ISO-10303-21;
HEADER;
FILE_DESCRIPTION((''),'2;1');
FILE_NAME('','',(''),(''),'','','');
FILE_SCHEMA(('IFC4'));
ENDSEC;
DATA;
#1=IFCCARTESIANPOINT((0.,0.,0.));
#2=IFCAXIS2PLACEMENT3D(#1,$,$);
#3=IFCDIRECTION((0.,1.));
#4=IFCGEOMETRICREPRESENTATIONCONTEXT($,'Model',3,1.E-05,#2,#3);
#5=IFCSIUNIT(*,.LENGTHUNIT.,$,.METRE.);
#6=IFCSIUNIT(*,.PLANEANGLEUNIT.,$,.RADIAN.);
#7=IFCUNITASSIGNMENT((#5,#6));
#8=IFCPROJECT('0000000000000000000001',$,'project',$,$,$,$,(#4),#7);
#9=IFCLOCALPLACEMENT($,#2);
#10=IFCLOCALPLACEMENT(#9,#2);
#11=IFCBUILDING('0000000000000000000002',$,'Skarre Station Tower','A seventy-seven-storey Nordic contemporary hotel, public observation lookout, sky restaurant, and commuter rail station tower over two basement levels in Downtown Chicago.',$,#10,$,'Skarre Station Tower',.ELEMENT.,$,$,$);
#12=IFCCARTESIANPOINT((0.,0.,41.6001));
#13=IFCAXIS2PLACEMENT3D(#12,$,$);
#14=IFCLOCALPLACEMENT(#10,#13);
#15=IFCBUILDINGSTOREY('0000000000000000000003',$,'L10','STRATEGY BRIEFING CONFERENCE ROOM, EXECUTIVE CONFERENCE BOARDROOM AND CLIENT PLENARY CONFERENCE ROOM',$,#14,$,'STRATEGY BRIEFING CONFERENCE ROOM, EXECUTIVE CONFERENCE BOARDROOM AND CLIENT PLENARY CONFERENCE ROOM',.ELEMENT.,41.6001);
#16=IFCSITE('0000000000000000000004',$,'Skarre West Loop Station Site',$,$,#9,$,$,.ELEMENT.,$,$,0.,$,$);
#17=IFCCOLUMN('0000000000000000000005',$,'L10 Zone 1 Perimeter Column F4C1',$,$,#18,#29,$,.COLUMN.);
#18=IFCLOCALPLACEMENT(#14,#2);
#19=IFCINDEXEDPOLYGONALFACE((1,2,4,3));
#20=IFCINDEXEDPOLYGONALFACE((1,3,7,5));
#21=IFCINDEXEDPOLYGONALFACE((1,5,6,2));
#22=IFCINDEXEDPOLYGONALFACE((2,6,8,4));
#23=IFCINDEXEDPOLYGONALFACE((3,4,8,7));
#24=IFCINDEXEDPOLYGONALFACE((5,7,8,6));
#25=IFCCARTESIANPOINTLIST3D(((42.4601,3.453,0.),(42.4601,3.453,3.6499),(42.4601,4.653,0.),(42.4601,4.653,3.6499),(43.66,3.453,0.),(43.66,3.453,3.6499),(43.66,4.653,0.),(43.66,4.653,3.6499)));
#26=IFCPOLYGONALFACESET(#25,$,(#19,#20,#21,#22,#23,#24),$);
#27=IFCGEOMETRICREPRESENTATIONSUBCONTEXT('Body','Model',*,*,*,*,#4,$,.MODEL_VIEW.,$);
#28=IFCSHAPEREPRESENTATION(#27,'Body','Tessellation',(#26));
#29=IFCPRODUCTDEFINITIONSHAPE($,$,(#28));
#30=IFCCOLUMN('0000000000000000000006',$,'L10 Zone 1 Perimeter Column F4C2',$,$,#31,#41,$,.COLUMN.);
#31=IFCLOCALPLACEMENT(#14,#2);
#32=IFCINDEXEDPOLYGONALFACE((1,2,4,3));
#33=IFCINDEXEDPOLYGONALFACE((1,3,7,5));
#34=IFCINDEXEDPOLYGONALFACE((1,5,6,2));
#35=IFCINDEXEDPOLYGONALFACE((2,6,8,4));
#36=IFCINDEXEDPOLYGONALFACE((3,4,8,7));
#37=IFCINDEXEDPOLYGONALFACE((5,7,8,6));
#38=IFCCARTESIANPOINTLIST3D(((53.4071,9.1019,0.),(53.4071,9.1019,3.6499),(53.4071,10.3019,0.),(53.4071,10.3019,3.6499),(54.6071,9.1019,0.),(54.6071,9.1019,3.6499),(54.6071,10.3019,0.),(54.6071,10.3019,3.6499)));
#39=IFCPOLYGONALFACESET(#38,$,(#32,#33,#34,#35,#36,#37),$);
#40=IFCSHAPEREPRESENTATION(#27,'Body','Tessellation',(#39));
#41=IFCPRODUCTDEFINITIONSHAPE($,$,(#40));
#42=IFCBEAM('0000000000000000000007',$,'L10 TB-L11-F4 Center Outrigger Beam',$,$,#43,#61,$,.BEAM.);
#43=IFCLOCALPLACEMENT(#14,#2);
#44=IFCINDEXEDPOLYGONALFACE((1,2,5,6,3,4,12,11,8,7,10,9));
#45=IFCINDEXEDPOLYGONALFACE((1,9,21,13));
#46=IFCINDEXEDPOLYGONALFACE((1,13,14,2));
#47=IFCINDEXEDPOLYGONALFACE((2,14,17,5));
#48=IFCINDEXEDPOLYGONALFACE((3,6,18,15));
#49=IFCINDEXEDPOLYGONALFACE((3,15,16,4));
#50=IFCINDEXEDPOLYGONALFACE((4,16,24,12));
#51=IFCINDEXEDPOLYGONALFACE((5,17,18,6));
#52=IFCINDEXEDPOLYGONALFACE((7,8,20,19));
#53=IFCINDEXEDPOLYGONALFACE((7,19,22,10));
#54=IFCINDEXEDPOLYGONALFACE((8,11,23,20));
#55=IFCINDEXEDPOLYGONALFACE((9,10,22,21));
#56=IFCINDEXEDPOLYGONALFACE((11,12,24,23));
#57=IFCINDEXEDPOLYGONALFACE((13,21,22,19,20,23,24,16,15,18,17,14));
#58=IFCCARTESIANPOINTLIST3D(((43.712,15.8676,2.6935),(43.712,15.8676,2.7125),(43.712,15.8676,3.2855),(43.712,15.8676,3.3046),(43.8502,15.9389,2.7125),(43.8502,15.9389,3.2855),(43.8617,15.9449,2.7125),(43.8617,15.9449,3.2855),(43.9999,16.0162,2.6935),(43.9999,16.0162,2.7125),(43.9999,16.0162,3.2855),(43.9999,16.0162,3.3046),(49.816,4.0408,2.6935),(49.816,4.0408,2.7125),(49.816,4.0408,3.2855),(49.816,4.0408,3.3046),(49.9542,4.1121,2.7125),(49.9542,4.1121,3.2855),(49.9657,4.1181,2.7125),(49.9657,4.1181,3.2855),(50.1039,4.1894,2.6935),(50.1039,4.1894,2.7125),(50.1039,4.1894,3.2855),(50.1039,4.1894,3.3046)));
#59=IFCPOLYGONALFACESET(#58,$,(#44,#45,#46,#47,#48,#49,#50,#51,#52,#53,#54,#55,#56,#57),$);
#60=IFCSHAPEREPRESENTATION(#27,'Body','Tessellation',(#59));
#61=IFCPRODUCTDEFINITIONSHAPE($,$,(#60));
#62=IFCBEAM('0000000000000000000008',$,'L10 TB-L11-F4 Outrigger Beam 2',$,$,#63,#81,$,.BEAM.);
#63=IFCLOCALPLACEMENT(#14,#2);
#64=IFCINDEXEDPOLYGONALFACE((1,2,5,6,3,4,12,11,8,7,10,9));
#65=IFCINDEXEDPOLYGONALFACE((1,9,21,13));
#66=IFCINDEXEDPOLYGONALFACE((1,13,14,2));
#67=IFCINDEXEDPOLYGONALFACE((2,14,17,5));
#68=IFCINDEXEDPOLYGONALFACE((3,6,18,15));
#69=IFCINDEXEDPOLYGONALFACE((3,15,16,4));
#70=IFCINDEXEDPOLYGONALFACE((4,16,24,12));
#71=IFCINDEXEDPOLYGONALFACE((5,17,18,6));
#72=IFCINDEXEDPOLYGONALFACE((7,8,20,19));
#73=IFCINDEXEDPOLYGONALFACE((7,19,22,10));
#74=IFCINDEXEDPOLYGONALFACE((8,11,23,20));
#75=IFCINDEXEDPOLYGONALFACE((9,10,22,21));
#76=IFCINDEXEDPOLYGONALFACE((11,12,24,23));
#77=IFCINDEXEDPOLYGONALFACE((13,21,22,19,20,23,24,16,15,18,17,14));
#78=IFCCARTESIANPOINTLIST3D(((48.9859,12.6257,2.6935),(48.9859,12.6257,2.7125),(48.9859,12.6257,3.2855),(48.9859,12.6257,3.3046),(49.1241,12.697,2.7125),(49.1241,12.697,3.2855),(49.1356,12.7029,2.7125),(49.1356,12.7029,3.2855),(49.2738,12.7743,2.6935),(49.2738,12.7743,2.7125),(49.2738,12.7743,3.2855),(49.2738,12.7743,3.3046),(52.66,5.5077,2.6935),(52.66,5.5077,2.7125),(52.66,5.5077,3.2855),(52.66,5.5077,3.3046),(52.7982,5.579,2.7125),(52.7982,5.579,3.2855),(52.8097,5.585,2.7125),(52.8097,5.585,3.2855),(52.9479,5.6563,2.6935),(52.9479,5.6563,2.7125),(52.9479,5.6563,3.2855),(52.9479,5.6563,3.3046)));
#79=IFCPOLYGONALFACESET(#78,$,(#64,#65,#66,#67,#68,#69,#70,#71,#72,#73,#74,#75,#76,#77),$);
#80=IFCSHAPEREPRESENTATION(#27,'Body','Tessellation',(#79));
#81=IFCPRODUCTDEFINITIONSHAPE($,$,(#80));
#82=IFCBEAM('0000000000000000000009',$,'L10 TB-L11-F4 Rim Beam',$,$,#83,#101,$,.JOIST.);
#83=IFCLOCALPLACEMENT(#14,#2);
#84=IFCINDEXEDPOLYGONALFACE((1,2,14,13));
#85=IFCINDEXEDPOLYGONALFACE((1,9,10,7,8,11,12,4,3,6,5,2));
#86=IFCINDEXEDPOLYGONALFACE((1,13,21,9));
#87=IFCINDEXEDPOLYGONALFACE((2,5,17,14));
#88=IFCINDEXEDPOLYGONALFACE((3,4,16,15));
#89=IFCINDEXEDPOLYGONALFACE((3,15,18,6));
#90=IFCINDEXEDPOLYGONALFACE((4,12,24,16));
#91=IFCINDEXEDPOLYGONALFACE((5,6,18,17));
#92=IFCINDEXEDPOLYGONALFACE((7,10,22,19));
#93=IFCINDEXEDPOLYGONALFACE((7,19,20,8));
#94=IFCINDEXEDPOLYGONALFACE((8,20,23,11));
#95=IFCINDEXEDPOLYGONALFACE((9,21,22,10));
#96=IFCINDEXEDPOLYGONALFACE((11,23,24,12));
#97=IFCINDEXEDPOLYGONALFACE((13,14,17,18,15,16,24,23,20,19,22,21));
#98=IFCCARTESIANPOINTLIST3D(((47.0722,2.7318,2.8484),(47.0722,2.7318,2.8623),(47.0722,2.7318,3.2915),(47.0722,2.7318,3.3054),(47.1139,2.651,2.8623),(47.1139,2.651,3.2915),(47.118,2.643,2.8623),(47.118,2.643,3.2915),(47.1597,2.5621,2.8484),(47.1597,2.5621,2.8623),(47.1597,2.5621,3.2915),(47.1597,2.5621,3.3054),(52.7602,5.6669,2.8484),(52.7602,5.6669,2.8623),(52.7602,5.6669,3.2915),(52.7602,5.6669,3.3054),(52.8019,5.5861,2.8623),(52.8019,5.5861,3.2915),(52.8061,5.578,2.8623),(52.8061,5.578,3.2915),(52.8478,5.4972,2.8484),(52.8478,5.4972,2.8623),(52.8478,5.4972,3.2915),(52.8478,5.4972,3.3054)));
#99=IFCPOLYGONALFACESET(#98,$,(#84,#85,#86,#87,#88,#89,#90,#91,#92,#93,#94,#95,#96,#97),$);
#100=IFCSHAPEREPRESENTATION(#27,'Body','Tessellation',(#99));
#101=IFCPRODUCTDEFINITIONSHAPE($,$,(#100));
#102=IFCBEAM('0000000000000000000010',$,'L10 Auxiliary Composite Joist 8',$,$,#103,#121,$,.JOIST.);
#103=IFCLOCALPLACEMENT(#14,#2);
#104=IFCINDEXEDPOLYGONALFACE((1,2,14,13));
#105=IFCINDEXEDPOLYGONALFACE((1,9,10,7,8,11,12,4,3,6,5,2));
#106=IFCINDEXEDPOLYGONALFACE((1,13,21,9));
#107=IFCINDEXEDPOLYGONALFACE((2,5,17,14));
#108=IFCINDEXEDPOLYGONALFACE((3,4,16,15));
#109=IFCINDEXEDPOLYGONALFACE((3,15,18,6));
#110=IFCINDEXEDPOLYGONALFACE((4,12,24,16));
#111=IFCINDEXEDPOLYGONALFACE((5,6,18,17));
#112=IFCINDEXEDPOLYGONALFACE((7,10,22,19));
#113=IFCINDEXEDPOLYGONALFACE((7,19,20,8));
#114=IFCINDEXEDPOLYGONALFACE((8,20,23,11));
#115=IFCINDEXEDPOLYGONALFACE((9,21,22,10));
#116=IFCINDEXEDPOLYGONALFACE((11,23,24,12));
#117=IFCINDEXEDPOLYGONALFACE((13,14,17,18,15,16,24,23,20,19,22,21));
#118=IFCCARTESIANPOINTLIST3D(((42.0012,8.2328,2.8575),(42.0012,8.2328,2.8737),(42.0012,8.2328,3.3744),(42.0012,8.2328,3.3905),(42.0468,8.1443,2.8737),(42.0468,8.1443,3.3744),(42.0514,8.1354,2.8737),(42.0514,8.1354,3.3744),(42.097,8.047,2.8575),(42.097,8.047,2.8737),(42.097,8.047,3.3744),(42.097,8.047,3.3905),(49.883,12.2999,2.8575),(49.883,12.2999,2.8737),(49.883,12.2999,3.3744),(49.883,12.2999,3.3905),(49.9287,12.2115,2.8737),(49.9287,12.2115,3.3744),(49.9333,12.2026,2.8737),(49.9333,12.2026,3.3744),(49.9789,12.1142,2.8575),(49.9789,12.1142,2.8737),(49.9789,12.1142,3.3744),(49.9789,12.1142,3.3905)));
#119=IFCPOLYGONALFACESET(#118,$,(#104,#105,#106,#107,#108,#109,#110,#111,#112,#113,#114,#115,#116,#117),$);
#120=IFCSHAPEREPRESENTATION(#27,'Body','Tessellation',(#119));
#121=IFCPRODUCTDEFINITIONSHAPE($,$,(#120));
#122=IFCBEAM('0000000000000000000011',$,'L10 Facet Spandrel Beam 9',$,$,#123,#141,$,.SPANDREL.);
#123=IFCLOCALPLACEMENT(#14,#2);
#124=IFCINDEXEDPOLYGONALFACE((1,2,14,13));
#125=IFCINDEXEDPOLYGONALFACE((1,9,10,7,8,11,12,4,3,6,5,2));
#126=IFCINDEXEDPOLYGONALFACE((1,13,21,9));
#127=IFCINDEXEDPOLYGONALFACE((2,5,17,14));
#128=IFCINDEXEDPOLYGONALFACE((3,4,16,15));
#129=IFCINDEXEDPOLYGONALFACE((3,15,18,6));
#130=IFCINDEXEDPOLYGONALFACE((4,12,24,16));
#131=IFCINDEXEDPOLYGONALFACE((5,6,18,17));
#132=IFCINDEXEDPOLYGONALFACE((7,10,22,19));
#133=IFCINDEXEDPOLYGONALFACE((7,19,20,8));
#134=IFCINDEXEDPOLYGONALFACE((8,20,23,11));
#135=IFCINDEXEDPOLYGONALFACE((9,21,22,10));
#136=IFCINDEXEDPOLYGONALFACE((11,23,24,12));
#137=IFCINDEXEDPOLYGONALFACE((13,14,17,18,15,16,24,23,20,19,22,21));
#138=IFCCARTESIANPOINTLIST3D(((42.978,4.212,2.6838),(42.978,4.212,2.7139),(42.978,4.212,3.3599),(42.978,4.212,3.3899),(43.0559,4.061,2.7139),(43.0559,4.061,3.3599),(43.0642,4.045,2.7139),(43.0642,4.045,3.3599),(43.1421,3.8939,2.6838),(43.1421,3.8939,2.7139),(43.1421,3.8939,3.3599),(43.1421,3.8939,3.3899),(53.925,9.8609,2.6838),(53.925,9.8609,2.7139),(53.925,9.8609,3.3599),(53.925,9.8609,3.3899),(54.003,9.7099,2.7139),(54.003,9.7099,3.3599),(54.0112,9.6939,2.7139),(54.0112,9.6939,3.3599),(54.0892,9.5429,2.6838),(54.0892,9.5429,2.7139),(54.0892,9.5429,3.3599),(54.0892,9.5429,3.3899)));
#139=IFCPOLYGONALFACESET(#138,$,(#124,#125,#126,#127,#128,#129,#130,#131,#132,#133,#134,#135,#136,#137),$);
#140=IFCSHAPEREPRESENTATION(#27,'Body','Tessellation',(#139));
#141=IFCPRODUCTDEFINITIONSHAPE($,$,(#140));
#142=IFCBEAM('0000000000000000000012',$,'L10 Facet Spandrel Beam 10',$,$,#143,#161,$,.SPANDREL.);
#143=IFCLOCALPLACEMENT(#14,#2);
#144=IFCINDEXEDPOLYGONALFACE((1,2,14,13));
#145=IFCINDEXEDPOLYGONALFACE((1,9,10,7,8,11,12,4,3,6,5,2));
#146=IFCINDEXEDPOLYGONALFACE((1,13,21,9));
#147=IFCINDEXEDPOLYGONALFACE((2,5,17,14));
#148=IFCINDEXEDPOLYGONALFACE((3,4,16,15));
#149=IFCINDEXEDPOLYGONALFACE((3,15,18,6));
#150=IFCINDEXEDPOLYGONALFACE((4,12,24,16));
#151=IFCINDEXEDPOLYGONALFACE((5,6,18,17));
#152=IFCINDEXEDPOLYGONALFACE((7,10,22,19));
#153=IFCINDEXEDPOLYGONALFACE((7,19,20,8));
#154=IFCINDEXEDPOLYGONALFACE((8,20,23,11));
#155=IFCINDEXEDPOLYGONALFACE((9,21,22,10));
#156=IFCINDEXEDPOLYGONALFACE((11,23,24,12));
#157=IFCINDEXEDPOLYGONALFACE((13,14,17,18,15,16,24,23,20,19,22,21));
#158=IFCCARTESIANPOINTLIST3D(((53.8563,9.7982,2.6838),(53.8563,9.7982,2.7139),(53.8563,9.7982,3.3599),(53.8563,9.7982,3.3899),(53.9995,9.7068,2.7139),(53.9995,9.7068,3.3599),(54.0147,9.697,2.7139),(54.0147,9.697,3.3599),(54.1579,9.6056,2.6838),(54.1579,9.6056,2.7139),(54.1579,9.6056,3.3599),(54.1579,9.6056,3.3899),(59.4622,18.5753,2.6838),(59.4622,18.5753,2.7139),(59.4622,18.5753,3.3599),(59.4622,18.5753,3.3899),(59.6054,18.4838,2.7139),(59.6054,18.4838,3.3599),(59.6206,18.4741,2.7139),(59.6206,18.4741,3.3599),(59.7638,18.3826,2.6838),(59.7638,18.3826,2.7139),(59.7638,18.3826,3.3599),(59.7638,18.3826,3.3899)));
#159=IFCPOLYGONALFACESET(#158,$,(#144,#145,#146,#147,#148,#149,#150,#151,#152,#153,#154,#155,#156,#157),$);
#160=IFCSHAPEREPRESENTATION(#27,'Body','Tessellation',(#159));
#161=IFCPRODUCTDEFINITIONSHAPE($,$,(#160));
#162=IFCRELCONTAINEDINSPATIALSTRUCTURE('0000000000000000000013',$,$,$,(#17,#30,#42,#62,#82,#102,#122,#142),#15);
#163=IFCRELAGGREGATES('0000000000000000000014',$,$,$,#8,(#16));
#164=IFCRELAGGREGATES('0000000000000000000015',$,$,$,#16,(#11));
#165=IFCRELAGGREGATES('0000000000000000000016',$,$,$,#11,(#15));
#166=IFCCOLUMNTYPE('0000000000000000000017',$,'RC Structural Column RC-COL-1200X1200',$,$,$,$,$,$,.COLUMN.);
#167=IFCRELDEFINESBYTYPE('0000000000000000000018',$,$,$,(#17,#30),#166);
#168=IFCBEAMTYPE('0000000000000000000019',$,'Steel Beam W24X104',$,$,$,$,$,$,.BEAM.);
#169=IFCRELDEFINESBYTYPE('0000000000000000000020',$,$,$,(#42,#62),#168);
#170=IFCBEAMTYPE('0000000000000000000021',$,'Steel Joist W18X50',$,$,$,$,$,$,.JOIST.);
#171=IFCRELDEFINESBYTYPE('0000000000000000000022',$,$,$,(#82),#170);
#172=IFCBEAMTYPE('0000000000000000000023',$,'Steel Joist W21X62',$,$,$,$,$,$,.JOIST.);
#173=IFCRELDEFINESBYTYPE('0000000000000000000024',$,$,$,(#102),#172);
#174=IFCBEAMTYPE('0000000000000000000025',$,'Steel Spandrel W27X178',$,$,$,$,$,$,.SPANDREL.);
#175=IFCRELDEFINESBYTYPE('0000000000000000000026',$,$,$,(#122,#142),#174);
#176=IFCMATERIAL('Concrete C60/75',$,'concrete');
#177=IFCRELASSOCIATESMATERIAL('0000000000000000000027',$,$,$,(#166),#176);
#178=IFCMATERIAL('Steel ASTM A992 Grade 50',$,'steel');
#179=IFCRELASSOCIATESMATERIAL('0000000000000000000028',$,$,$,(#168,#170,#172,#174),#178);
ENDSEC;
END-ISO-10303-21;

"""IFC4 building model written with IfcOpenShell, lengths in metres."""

from ifc_helpers import new_model, si_unit, direction, frame, origin, origin_2d, place, context, subcontext, project, spatial, rectangle, i_section, extrude, material, material_profile, profile_set, type_object, element, save


model = new_model("IFC4")

# Units and contexts
model_context = context("Model", 3, precision=1e-05, world=origin(), true_north=direction((0.0, 1.0)))
body_context = subcontext(model_context, "Body", "Model", "MODEL_VIEW")
ifc_project = project(units=[si_unit("LENGTHUNIT", "METRE"), si_unit("PLANEANGLEUNIT", "RADIAN")], contexts=[model_context])

# Site, building, storey
site_placement = place(None, origin())
site = spatial("IfcSite", under=ifc_project, at=site_placement, Name="Skarre West Loop Station Site", CompositionType="ELEMENT", RefElevation=0.0)
building_placement = place(site_placement, origin())
building = spatial("IfcBuilding", under=site, at=building_placement, Name="Skarre Station Tower", Description="A seventy-seven-storey Nordic contemporary hotel, public observation lookout, sky restaurant, and commuter rail station tower over two basement levels in Downtown Chicago.", LongName="Skarre Station Tower", CompositionType="ELEMENT")
storey_placement = place(building_placement, frame((0.0, 0.0, 41.6001)))
storey = spatial("IfcBuildingStorey", under=building, at=storey_placement, Name="L10", Description="STRATEGY BRIEFING CONFERENCE ROOM, EXECUTIVE CONFERENCE BOARDROOM AND CLIENT PLENARY CONFERENCE ROOM", LongName="STRATEGY BRIEFING CONFERENCE ROOM, EXECUTIVE CONFERENCE BOARDROOM AND CLIENT PLENARY CONFERENCE ROOM", CompositionType="ELEMENT", Elevation=41.6001)

# Columns
ifc_material_1 = material(Name="Concrete C60/75", Category="concrete")
ifc_material_profile_1 = material_profile(ifc_material_1, rectangle(XDim=1.2, YDim=1.2, at=origin_2d()), Name="Concrete C60/75")
ifc_profile_set_1 = profile_set([ifc_material_profile_1], Name="Concrete C60/75")
column_type = type_object("IfcColumnType", Name="RC Structural Column RC-COL-1200X1200", PredefinedType="COLUMN", material=ifc_profile_set_1)
for number, where, z_axis, x_axis, name in (
    (1, (43.0601, 4.053, 0.0), (0.0, 0.0, 1.0), (1.0, 0.0, 0.0), "L10 Zone 1 Perimeter Column F4C1"),
    (2, (54.0071, 9.7019, 0.0), (0.0, 0.0, 1.0), (1.0, 0.0, 0.0), "L10 Zone 1 Perimeter Column F4C2"),
):
    element("IfcColumn", number, at=place(storey_placement, frame(where, z_axis=z_axis, x_axis=x_axis)), inside=storey, type_object=column_type, Name=name, PredefinedType="COLUMN", context=body_context, shape_type="SweptSolid", body=[
        extrude(rectangle(XDim=1.2, YDim=1.2, at=origin_2d()), origin(), (0.0, 0.0, 1.0), 3.6499),
    ])

# Beams
ifc_material_2 = material(Name="Steel ASTM A992 Grade 50", Category="steel")
ifc_material_profile_2 = material_profile(ifc_material_2, i_section(OverallWidth=0.324, OverallDepth=0.6111, WebThickness=0.0129, FlangeThickness=0.019, at=origin_2d()), Name="Steel ASTM A992 Grade 50")
ifc_profile_set_2 = profile_set([ifc_material_profile_2], Name="Steel ASTM A992 Grade 50")
beam_type_1 = type_object("IfcBeamType", Name="Steel Beam W24X104", PredefinedType="BEAM", material=ifc_profile_set_2)
beam_1_placement = place(storey_placement, frame((43.856, 15.9419, 2.999), z_axis=(0.458631, -0.888627, 0.0), x_axis=(0.888627, 0.458631, 0.0)))
element("IfcBeam", 3, at=beam_1_placement, inside=storey, type_object=beam_type_1, Name="L10 TB-L11-F4 Center Outrigger Beam", PredefinedType="BEAM", context=body_context, shape_type="SweptSolid", body=[
    extrude(i_section(OverallWidth=0.324, OverallDepth=0.6111, WebThickness=0.0129, FlangeThickness=0.019, at=origin_2d()), origin(), (0.0, 0.0, 1.0), 13.3091),
])
beam_2_placement = place(storey_placement, frame((49.1299, 12.7, 2.999), z_axis=(0.458673, -0.888605, 0.0), x_axis=(0.888605, 0.458673, 0.0)))
element("IfcBeam", 4, at=beam_2_placement, inside=storey, type_object=beam_type_1, Name="L10 TB-L11-F4 Outrigger Beam 2", PredefinedType="BEAM", context=body_context, shape_type="SweptSolid", body=[
    extrude(i_section(OverallWidth=0.324, OverallDepth=0.6111, WebThickness=0.0129, FlangeThickness=0.019, at=origin_2d()), origin(), (0.0, 0.0, 1.0), 8.0103),
])
ifc_material_profile_3 = material_profile(ifc_material_2, i_section(OverallWidth=0.1909, OverallDepth=0.457, WebThickness=0.009, FlangeThickness=0.0139, at=origin_2d()), Name="Steel ASTM A992 Grade 50")
ifc_profile_set_3 = profile_set([ifc_material_profile_3], Name="Steel ASTM A992 Grade 50")
beam_type_2 = type_object("IfcBeamType", Name="Steel Joist W18X50", PredefinedType="JOIST", material=ifc_profile_set_3)
beam_3_placement = place(storey_placement, frame((47.116, 2.647, 3.0769), z_axis=(0.888664, 0.458559, 0.0), x_axis=(-0.458559, 0.888664, 0.0)))
element("IfcBeam", 5, at=beam_3_placement, inside=storey, type_object=beam_type_2, Name="L10 TB-L11-F4 Rim Beam", PredefinedType="JOIST", context=body_context, shape_type="SweptSolid", body=[
    extrude(i_section(OverallWidth=0.1909, OverallDepth=0.457, WebThickness=0.009, FlangeThickness=0.0139, at=origin_2d()), origin(), (0.0, 0.0, 1.0), 6.4006),
])
ifc_material_profile_4 = material_profile(ifc_material_2, i_section(OverallWidth=0.209, OverallDepth=0.533, WebThickness=0.01, FlangeThickness=0.0161, at=origin_2d()), Name="Steel ASTM A992 Grade 50")
ifc_profile_set_4 = profile_set([ifc_material_profile_4], Name="Steel ASTM A992 Grade 50")
beam_type_3 = type_object("IfcBeamType", Name="Steel Joist W21X62", PredefinedType="JOIST", material=ifc_profile_set_4)
beam_4_placement = place(storey_placement, frame((42.0491, 8.1399, 3.124), z_axis=(0.888662, 0.458562, 0.0), x_axis=(-0.458562, 0.888662, 0.0)))
element("IfcBeam", 6, at=beam_4_placement, inside=storey, type_object=beam_type_3, Name="L10 Auxiliary Composite Joist 8", PredefinedType="JOIST", context=body_context, shape_type="SweptSolid", body=[
    extrude(i_section(OverallWidth=0.209, OverallDepth=0.533, WebThickness=0.01, FlangeThickness=0.0161, at=origin_2d()), origin(), (0.0, 0.0, 1.0), 8.8694),
])
ifc_material_profile_5 = material_profile(ifc_material_2, i_section(OverallWidth=0.3579, OverallDepth=0.7061, WebThickness=0.0181, FlangeThickness=0.03, at=origin_2d()), Name="Steel ASTM A992 Grade 50")
ifc_profile_set_5 = profile_set([ifc_material_profile_5], Name="Steel ASTM A992 Grade 50")
beam_type_4 = type_object("IfcBeamType", Name="Steel Spandrel W27X178", PredefinedType="SPANDREL", material=ifc_profile_set_5)
beam_5_placement = place(storey_placement, frame((43.0601, 4.053, 3.0369), z_axis=(0.888659, 0.458569, 0.0), x_axis=(-0.458569, 0.888659, 0.0)))
element("IfcBeam", 7, at=beam_5_placement, inside=storey, type_object=beam_type_4, Name="L10 Facet Spandrel Beam 9", PredefinedType="SPANDREL", context=body_context, shape_type="SweptSolid", body=[
    extrude(i_section(OverallWidth=0.3579, OverallDepth=0.7061, WebThickness=0.0181, FlangeThickness=0.03, at=origin_2d()), origin(), (0.0, 0.0, 1.0), 12.3186),
])
beam_6_placement = place(storey_placement, frame((54.0071, 9.7019, 3.0369), z_axis=(0.538278, 0.842767, 0.0), x_axis=(-0.842767, 0.538278, 0.0)))
element("IfcBeam", 8, at=beam_6_placement, inside=storey, type_object=beam_type_4, Name="L10 Facet Spandrel Beam 10", PredefinedType="SPANDREL", context=body_context, shape_type="SweptSolid", body=[
    extrude(i_section(OverallWidth=0.3579, OverallDepth=0.7061, WebThickness=0.0181, FlangeThickness=0.03, at=origin_2d()), origin(), (0.0, 0.0, 1.0), 10.4146),
])

save(model, "model.ifc")
